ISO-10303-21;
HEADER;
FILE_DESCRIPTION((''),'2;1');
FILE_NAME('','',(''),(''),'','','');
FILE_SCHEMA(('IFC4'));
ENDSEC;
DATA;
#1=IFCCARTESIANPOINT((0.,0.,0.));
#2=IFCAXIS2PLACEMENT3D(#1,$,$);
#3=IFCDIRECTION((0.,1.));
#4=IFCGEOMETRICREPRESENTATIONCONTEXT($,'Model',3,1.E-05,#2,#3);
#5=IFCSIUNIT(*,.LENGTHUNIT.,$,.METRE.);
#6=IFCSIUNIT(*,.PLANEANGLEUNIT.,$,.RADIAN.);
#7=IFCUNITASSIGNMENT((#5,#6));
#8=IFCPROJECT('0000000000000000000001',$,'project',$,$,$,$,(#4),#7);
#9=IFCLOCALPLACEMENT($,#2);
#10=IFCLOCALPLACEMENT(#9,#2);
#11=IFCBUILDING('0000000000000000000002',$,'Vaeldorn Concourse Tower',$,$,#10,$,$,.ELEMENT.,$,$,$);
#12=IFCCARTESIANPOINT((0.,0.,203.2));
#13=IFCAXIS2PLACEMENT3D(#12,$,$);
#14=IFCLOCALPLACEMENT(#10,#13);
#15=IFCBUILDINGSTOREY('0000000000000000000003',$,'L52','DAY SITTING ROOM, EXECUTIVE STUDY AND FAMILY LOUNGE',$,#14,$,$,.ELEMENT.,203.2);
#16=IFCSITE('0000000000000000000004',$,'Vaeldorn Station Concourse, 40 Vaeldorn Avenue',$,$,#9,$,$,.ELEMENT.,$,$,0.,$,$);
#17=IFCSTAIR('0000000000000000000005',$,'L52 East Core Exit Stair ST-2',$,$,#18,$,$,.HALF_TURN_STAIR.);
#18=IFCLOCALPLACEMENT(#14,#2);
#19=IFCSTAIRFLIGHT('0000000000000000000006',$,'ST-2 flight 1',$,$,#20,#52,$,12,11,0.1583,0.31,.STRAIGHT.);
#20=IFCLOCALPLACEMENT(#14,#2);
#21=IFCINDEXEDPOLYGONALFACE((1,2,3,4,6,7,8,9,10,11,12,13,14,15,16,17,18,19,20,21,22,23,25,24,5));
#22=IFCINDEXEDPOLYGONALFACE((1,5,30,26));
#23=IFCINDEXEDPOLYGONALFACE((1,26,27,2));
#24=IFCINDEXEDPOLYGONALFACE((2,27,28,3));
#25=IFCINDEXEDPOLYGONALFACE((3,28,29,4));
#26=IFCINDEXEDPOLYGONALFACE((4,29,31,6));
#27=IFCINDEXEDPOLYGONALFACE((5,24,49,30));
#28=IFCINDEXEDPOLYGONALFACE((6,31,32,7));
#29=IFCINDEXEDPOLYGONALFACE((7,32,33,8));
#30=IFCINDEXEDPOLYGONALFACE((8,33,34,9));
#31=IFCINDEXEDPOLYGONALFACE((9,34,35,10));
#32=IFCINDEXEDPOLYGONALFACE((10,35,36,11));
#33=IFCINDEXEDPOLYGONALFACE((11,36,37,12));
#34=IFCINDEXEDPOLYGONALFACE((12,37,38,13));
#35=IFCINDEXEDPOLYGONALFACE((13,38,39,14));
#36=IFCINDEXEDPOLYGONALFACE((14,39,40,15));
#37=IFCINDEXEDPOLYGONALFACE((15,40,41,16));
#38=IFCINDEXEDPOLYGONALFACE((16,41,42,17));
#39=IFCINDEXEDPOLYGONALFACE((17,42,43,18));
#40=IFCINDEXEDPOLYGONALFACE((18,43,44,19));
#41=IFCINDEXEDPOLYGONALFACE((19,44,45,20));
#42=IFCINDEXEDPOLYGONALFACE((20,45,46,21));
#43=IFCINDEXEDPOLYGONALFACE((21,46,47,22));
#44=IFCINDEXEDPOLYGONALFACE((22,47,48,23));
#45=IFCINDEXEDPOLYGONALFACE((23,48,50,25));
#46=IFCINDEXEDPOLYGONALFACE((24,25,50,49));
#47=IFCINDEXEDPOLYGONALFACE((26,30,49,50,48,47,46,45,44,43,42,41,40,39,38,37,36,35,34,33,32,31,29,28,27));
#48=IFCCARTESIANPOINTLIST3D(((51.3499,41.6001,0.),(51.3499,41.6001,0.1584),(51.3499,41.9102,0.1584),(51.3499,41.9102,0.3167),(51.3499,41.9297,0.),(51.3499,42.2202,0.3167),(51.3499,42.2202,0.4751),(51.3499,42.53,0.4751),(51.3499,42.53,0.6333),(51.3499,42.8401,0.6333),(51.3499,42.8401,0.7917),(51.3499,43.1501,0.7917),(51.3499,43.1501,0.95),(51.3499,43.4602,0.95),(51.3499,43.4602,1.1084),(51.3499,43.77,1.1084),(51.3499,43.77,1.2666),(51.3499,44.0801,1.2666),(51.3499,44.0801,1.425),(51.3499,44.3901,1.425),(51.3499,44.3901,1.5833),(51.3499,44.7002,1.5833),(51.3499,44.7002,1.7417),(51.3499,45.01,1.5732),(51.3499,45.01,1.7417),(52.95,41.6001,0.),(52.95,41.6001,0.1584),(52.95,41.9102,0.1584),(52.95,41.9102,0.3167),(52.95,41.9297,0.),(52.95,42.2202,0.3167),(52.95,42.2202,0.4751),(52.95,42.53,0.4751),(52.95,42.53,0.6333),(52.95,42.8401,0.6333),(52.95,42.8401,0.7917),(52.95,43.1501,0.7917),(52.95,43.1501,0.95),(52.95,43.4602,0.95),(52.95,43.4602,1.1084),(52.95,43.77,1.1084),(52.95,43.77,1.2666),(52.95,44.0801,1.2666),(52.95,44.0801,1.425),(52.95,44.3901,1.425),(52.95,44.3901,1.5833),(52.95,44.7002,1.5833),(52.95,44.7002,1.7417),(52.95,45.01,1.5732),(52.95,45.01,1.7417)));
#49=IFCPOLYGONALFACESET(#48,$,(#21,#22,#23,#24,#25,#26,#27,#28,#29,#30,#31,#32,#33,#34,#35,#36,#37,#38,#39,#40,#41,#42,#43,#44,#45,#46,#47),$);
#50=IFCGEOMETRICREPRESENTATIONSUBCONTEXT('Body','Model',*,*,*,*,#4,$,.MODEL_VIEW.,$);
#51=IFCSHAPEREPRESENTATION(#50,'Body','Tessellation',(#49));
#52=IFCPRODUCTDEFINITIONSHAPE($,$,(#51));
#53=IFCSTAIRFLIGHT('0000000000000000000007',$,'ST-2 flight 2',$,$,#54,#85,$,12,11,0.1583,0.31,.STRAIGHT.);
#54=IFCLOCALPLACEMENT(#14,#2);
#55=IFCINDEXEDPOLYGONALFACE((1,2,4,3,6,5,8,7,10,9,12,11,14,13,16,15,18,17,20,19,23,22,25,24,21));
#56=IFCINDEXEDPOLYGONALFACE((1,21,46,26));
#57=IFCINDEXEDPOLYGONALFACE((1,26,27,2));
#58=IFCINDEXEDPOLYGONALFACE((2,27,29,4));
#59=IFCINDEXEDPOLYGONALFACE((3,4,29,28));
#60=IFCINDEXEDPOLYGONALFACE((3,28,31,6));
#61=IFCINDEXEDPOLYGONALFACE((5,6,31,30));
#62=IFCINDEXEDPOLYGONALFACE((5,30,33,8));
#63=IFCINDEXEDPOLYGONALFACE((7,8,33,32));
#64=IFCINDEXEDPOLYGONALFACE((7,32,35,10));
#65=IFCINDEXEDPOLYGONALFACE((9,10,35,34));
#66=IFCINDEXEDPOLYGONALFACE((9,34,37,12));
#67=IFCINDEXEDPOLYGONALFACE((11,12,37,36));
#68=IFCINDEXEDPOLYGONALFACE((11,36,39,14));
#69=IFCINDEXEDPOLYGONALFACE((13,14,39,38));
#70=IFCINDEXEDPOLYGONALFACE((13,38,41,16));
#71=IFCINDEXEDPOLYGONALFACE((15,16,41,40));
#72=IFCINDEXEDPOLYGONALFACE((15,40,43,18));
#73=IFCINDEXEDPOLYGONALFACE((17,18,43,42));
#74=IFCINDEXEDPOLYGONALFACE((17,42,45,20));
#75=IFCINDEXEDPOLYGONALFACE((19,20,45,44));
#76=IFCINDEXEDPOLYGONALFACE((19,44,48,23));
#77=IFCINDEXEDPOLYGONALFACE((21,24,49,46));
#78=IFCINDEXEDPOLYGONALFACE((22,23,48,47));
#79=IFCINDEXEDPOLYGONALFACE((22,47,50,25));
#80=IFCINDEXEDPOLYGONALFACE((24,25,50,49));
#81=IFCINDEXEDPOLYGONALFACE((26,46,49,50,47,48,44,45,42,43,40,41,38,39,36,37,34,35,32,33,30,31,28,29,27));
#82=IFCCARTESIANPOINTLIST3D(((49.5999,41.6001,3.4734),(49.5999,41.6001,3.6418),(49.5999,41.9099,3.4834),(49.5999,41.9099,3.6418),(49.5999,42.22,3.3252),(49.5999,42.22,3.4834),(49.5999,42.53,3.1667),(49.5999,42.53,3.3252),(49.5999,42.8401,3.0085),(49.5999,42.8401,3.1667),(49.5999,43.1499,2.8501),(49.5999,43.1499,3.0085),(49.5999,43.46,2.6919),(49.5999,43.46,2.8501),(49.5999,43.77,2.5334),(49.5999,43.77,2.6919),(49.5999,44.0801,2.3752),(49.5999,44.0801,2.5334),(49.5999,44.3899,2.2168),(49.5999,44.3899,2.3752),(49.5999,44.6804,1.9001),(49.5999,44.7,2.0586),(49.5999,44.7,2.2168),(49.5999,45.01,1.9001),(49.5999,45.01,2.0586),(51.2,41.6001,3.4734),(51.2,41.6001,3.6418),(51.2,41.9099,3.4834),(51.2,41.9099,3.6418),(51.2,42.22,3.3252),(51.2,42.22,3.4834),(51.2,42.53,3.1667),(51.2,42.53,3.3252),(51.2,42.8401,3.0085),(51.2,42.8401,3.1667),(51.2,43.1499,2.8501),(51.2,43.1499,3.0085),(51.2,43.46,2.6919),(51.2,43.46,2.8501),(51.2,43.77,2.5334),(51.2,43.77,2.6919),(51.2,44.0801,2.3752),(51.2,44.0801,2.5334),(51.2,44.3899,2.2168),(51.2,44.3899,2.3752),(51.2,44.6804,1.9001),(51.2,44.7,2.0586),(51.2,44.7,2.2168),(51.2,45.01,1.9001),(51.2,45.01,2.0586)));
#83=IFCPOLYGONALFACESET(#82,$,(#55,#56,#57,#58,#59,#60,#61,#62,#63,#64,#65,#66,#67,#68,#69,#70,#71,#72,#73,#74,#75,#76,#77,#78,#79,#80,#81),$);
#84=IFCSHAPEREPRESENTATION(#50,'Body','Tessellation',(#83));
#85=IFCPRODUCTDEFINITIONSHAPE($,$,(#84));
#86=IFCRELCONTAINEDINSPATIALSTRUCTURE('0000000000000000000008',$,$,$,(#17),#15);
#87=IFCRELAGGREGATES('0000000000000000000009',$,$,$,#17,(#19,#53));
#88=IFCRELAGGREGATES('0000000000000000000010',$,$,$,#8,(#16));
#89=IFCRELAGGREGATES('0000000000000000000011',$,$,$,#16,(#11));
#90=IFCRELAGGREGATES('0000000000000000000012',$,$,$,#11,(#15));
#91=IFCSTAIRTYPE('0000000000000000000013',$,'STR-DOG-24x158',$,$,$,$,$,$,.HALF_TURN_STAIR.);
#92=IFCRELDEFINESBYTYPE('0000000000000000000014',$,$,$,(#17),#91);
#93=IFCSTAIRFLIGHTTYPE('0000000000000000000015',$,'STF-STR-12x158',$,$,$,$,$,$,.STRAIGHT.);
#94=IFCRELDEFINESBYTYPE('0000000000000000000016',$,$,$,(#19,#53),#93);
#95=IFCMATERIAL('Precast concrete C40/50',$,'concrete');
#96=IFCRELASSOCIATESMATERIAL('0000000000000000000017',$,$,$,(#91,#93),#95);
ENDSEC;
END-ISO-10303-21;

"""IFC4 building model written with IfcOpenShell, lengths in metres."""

from ifc_helpers import new_model, si_unit, direction, frame, origin, place, context, subcontext, project, spatial, polyline, outline, extrude, material, type_object, element, aggregate, save


model = new_model("IFC4")

# Units and contexts
model_context = context("Model", 3, precision=1e-05, world=origin(), true_north=direction((0.0, 1.0)))
body_context = subcontext(model_context, "Body", "Model", "MODEL_VIEW")
ifc_project = project(units=[si_unit("LENGTHUNIT", "METRE"), si_unit("PLANEANGLEUNIT", "RADIAN")], contexts=[model_context])

# Site, building, storey
site_placement = place(None, origin())
site = spatial("IfcSite", under=ifc_project, at=site_placement, Name="Vaeldorn Station Concourse, 40 Vaeldorn Avenue", CompositionType="ELEMENT", RefElevation=0.0)
building_placement = place(site_placement, origin())
building = spatial("IfcBuilding", under=site, at=building_placement, Name="Vaeldorn Concourse Tower", CompositionType="ELEMENT")
storey_placement = place(building_placement, frame((0.0, 0.0, 203.2)))
storey = spatial("IfcBuildingStorey", under=building, at=storey_placement, Name="L52", Description="DAY SITTING ROOM, EXECUTIVE STUDY AND FAMILY LOUNGE", CompositionType="ELEMENT", Elevation=203.2)

# Stair, stair flights
ifc_material_1 = material(Name="Precast concrete C40/50", Category="concrete")
stair_type = type_object("IfcStairType", Name="STR-DOG-24x158", PredefinedType="HALF_TURN_STAIR", material=ifc_material_1)
stair_placement = place(storey_placement, origin())
stair = element("IfcStair", 1, at=stair_placement, inside=storey, type_object=stair_type, Name="L52 East Core Exit Stair ST-2", PredefinedType="HALF_TURN_STAIR")
stair_flight_type = type_object("IfcStairFlightType", Name="STF-STR-12x158", PredefinedType="STRAIGHT", material=ifc_material_1)
stair_flight_1_placement = place(storey_placement, frame((52.1499, 41.6001, 0.0), z_axis=(0.0, 0.0, 1.0), x_axis=(0.0, 1.0, 0.0)))
stair_flight_1 = element("IfcStairFlight", 2, at=stair_flight_1_placement, type_object=stair_flight_type, Name="ST-2 flight 1", NumberOfRisers=12, NumberOfTreads=11, PredefinedType="STRAIGHT", RiserHeight=0.1583, TreadLength=0.31, context=body_context, shape_type="SweptSolid", body=[
    extrude(outline(polyline([(0.0, 0.0), (0.0, 0.1584), (0.3101, 0.1584), (0.3101, 0.3167), (0.6201, 0.3167), (0.6201, 0.4751), (0.9299, 0.4751), (0.9299, 0.6333), (1.24, 0.6333), (1.24, 0.7917), (1.55, 0.7917), (1.55, 0.95), (1.8601, 0.95), (1.8601, 1.1084), (2.1699, 1.1084), (2.1699, 1.2666), (2.48, 1.2666), (2.48, 1.425), (2.79, 1.425), (2.79, 1.5833), (3.1001, 1.5833), (3.1001, 1.7417), (3.4099, 1.7417), (3.4099, 1.8999), (3.4099, 1.5732), (0.3296, 0.0), (0.0, 0.0)])), frame((0.0, 0.8, 0.0), z_axis=(0.0, -1.0, 0.0), x_axis=(1.0, 0.0, 0.0)), (0.0, 0.0, 1.0), 1.6001),
])
stair_flight_2_placement = place(storey_placement, frame((50.3999, 45.01, 1.9001), z_axis=(0.0, 0.0, 1.0), x_axis=(0.0, -1.0, 0.0)))
stair_flight_2 = element("IfcStairFlight", 3, at=stair_flight_2_placement, type_object=stair_flight_type, Name="ST-2 flight 2", NumberOfRisers=12, NumberOfTreads=11, PredefinedType="STRAIGHT", RiserHeight=0.1583, TreadLength=0.31, context=body_context, shape_type="SweptSolid", body=[
    extrude(outline(polyline([(0.0, 0.0), (0.0, 0.1584), (0.3101, 0.1584), (0.3101, 0.3167), (0.6201, 0.3167), (0.6201, 0.4751), (0.9299, 0.4751), (0.9299, 0.6333), (1.24, 0.6333), (1.24, 0.7917), (1.55, 0.7917), (1.55, 0.95), (1.8601, 0.95), (1.8601, 1.1084), (2.1699, 1.1084), (2.1699, 1.2666), (2.48, 1.2666), (2.48, 1.425), (2.79, 1.425), (2.79, 1.5833), (3.1001, 1.5833), (3.1001, 1.7417), (3.4099, 1.7417), (3.4099, 1.8999), (3.4099, 1.5732), (0.3296, 0.0), (0.0, 0.0)])), frame((0.0, 0.8, 0.0), z_axis=(0.0, -1.0, 0.0), x_axis=(1.0, 0.0, 0.0)), (0.0, 0.0, 1.0), 1.6001),
])
aggregate(stair, [stair_flight_1, stair_flight_2])

save(model, "model.ifc")
